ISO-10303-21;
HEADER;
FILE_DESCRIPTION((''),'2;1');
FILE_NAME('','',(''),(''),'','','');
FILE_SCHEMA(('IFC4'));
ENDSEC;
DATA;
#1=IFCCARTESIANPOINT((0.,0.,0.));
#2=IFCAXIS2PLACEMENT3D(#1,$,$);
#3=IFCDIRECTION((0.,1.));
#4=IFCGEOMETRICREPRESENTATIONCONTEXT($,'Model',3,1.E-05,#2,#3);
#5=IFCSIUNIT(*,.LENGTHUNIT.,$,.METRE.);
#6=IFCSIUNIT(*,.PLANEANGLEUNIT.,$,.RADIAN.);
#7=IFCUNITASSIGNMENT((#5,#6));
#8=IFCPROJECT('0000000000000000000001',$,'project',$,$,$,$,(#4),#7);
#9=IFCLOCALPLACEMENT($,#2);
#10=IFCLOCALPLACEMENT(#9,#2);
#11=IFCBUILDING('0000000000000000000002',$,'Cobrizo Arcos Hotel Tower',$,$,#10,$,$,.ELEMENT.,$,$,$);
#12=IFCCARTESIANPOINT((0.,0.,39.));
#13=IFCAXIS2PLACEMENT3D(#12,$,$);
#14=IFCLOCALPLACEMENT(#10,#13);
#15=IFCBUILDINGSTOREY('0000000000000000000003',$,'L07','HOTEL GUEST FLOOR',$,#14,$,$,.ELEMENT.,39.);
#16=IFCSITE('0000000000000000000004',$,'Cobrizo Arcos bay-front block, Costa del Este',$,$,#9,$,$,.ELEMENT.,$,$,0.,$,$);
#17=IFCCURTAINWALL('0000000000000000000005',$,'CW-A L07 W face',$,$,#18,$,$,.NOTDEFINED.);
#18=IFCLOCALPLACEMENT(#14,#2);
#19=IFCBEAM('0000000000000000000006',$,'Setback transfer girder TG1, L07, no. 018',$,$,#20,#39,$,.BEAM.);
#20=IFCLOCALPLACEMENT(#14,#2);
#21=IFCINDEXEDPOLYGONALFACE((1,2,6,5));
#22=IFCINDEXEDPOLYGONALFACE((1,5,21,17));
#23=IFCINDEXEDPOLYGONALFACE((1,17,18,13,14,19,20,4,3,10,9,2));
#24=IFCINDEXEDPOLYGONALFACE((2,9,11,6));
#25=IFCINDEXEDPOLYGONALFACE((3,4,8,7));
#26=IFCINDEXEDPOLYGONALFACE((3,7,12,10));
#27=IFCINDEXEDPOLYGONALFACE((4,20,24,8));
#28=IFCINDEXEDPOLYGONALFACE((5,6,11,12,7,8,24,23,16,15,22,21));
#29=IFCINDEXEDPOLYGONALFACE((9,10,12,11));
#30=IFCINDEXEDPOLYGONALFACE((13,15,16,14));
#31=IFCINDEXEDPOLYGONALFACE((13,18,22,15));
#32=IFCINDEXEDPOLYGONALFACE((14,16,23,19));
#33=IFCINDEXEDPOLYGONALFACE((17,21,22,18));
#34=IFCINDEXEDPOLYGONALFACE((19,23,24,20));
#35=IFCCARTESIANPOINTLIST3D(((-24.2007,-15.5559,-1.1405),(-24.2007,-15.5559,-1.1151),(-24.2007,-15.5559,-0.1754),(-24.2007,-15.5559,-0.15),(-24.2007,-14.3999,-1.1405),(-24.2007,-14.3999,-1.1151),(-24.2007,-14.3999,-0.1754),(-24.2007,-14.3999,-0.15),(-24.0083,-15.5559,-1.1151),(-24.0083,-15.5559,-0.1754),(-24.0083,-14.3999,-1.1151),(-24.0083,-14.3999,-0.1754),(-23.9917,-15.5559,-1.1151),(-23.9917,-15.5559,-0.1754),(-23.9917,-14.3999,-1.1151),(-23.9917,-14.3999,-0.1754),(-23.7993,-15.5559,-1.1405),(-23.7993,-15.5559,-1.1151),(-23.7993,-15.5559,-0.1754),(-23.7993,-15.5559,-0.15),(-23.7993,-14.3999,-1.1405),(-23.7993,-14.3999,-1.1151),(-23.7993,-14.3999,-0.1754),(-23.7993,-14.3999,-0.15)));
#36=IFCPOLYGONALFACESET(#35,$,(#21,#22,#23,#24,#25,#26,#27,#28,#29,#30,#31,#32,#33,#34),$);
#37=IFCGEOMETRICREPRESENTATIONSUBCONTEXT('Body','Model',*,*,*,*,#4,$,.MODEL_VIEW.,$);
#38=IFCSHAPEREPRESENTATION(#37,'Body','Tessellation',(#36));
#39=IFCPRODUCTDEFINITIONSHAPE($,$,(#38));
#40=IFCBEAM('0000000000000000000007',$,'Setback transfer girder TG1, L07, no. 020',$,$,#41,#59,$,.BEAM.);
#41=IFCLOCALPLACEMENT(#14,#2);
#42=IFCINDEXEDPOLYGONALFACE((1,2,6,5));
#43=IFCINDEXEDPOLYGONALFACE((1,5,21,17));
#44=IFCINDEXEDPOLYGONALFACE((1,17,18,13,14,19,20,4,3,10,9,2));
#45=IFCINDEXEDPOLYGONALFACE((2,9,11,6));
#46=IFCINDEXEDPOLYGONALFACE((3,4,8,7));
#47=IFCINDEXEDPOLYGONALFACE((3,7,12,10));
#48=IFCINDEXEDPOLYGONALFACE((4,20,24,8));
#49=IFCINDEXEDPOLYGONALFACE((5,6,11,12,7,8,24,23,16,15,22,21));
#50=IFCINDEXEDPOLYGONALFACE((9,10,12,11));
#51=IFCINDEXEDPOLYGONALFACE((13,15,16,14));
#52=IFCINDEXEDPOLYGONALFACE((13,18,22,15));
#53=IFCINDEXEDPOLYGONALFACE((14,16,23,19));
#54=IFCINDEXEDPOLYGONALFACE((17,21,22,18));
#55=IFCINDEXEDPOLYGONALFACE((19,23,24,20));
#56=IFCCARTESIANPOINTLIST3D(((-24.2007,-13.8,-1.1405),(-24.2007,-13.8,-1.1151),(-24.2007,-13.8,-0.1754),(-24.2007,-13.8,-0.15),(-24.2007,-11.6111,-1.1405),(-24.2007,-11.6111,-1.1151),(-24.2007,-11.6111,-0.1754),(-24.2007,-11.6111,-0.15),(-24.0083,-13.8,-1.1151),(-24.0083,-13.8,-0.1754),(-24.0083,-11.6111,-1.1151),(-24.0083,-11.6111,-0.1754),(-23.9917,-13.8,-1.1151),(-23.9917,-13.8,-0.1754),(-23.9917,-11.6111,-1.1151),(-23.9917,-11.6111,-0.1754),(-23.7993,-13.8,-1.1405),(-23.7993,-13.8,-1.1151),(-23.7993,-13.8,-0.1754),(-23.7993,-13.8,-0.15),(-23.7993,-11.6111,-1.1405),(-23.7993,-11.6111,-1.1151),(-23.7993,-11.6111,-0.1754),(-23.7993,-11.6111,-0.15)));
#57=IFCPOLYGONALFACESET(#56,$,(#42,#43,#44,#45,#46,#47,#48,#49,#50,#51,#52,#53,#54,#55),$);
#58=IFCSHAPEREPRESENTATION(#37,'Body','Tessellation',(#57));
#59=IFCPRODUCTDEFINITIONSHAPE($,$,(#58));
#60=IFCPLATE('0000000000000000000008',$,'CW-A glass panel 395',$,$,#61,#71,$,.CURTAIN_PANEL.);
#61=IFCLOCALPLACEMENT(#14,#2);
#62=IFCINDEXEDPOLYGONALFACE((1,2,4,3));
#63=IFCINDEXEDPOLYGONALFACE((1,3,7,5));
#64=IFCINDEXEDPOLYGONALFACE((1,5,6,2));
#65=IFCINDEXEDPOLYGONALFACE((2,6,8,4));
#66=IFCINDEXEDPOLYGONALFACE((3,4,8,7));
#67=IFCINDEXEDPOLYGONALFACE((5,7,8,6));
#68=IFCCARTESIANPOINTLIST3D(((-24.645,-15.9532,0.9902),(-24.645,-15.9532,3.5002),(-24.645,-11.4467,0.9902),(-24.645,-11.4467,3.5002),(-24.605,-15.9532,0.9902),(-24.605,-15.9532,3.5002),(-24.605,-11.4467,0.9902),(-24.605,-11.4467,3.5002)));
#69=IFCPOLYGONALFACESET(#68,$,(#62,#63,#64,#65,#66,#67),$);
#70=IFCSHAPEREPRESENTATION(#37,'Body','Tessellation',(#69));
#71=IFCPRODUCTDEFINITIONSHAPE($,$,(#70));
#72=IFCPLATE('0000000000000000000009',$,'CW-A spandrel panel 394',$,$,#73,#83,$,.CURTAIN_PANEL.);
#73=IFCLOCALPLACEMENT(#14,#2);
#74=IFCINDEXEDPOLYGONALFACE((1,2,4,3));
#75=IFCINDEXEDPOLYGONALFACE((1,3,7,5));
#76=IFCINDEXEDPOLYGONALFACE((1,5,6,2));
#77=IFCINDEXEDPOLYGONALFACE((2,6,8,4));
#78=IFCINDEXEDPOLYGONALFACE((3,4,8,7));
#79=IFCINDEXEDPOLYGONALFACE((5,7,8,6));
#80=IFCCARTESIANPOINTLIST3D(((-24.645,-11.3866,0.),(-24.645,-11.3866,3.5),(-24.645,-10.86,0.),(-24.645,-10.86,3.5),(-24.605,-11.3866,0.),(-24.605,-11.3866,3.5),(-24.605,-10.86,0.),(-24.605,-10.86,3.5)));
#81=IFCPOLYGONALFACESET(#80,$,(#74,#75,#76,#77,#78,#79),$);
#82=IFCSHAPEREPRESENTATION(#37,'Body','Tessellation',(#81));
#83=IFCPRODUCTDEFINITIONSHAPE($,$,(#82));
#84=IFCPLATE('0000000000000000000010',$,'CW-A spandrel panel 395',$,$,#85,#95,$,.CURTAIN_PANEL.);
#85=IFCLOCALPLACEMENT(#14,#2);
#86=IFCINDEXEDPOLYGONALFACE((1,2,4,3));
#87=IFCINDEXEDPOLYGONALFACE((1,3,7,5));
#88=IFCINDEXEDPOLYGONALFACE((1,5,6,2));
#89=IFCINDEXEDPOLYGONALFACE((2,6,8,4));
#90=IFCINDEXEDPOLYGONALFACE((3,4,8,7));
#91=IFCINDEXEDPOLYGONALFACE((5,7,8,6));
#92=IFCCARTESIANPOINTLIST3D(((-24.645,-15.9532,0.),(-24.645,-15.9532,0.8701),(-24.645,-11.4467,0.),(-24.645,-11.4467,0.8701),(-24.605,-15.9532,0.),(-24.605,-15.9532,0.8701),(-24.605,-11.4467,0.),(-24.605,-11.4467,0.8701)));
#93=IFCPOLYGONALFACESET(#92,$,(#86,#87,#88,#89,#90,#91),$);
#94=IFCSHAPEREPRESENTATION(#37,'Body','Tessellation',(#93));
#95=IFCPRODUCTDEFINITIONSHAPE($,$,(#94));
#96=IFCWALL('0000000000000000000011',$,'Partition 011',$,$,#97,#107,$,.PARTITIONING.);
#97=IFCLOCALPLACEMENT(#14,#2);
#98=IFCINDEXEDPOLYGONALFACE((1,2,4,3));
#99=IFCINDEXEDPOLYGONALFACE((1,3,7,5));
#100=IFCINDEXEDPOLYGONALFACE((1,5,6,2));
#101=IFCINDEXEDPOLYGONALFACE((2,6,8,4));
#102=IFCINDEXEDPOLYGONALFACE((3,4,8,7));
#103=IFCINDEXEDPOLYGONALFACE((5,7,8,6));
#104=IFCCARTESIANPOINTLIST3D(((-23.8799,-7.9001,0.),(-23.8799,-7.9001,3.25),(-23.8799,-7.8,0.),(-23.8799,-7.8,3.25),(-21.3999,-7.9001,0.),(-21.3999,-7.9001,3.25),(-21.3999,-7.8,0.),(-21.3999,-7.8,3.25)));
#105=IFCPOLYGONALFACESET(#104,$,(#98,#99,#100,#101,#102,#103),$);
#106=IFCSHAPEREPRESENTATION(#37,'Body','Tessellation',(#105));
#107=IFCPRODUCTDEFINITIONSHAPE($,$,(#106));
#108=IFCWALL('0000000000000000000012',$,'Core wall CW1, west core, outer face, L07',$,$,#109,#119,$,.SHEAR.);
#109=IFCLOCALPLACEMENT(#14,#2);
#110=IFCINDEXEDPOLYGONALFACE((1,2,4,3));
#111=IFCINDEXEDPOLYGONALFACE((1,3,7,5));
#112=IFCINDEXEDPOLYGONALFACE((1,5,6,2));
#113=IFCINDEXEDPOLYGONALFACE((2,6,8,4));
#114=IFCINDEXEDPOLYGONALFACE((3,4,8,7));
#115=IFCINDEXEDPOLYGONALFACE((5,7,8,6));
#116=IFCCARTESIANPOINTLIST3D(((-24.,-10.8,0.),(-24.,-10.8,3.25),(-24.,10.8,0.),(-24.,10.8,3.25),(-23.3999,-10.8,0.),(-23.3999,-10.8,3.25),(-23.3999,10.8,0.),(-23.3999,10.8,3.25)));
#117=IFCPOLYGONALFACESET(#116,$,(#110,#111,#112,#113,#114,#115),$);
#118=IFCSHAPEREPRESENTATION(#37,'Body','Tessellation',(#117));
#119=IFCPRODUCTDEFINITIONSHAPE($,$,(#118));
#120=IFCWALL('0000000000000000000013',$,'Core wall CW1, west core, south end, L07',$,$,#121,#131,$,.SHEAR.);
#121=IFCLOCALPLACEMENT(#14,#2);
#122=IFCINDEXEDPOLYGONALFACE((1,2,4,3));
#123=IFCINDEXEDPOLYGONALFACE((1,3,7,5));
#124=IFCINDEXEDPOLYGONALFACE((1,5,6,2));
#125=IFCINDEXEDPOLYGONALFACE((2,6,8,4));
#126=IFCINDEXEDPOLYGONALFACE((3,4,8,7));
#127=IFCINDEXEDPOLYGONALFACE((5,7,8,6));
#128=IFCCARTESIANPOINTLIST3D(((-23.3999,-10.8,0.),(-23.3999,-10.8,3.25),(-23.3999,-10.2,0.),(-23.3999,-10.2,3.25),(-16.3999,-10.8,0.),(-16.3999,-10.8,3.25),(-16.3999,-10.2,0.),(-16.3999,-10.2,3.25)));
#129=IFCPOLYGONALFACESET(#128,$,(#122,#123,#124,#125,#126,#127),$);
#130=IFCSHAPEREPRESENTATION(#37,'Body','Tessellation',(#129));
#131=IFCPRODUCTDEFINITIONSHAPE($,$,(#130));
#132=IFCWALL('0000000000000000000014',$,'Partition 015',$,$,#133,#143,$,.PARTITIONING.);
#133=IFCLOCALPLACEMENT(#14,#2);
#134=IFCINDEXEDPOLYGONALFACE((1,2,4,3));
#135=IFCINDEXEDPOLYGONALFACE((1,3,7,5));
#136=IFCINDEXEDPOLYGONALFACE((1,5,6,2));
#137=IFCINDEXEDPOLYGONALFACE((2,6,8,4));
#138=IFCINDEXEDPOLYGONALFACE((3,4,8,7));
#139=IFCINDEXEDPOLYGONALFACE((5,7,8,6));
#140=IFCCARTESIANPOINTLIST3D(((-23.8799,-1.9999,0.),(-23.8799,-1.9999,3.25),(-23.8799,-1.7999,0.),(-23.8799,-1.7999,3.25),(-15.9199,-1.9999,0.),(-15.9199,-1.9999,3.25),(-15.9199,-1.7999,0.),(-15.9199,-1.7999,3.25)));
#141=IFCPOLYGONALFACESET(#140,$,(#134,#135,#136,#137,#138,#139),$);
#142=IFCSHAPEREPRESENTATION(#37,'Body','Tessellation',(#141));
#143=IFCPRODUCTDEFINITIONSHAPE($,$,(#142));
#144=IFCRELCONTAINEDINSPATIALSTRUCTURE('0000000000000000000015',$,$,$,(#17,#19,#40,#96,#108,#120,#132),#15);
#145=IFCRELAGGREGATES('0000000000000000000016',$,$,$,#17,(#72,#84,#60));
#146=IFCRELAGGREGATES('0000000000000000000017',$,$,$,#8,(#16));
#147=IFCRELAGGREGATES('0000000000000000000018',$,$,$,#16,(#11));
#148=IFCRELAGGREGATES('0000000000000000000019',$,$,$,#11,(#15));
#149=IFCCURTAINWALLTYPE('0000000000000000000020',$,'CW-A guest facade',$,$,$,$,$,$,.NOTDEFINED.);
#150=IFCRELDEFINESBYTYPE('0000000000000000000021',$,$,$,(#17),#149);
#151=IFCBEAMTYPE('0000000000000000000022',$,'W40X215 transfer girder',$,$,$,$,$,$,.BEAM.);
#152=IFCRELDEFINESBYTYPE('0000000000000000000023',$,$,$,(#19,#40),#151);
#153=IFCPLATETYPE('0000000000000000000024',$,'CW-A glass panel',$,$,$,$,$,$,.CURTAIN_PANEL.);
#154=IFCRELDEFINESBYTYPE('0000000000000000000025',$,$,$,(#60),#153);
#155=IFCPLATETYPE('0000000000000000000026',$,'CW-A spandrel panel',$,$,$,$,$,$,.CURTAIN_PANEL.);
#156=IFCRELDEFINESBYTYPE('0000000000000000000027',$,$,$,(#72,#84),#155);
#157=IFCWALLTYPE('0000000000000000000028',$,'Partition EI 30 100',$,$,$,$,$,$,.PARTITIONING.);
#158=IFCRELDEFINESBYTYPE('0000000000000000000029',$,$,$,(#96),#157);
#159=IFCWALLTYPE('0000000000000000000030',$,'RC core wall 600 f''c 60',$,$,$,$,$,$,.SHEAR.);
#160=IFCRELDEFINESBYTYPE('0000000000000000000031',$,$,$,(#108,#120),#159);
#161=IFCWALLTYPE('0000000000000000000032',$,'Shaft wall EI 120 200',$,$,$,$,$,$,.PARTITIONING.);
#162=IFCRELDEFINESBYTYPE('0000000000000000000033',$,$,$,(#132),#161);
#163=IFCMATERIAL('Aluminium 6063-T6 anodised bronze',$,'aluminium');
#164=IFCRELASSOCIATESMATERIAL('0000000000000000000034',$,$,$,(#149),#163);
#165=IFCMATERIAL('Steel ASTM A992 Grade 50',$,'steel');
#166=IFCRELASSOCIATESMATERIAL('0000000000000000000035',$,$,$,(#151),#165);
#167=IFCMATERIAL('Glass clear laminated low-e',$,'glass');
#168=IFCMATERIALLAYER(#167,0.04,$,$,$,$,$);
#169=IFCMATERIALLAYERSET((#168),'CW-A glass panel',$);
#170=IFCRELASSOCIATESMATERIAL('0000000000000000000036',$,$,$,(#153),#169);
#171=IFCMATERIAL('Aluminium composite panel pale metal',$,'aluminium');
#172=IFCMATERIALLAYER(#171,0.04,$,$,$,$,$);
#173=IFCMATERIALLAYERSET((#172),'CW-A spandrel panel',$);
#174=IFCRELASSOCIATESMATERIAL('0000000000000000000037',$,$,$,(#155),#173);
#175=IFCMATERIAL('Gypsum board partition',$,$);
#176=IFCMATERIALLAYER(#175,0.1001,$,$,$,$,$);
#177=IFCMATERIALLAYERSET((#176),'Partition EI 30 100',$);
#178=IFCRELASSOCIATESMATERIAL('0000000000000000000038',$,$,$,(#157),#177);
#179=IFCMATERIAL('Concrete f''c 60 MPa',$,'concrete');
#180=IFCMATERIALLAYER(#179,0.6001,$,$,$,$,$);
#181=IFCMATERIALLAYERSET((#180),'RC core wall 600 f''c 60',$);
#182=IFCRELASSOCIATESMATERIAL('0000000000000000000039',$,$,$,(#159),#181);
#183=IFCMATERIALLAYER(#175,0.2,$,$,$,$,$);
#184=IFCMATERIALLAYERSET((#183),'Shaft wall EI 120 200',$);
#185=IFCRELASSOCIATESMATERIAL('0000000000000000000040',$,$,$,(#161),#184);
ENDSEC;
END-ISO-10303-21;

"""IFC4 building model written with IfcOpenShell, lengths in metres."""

from ifc_helpers import new_model, si_unit, direction, frame, frame_2d, origin, origin_2d, place, context, subcontext, project, spatial, rectangle, i_section, extrude, material, layer, layer_set, material_profile, profile_set, type_object, element, aggregate, save


model = new_model("IFC4")

# Units and contexts
model_context = context("Model", 3, precision=1e-05, world=origin(), true_north=direction((0.0, 1.0)))
body_context = subcontext(model_context, "Body", "Model", "MODEL_VIEW")
ifc_project = project(units=[si_unit("LENGTHUNIT", "METRE"), si_unit("PLANEANGLEUNIT", "RADIAN")], contexts=[model_context])

# Site, building, storey
site_placement = place(None, origin())
site = spatial("IfcSite", under=ifc_project, at=site_placement, Name="Cobrizo Arcos bay-front block, Costa del Este", CompositionType="ELEMENT", RefElevation=0.0)
building_placement = place(site_placement, origin())
building = spatial("IfcBuilding", under=site, at=building_placement, Name="Cobrizo Arcos Hotel Tower", CompositionType="ELEMENT")
storey_placement = place(building_placement, frame((0.0, 0.0, 39.0)))
storey = spatial("IfcBuildingStorey", under=building, at=storey_placement, Name="L07", Description="HOTEL GUEST FLOOR", CompositionType="ELEMENT", Elevation=39.0)

# Curtain wall
ifc_material_1 = material(Name="Aluminium 6063-T6 anodised bronze", Category="aluminium")
curtain_wall_type = type_object("IfcCurtainWallType", Name="CW-A guest facade", PredefinedType="NOTDEFINED", material=ifc_material_1)
curtain_wall_placement = place(storey_placement, origin())
curtain_wall = element("IfcCurtainWall", 1, at=curtain_wall_placement, inside=storey, type_object=curtain_wall_type, Name="CW-A L07 W face", PredefinedType="NOTDEFINED")

# Beams
ifc_material_2 = material(Name="Steel ASTM A992 Grade 50", Category="steel")
ifc_material_profile_1 = material_profile(ifc_material_2, i_section(OverallWidth=0.4014, OverallDepth=0.9905, WebThickness=0.0166, FlangeThickness=0.0254, at=origin_2d()), Name="W40X215")
ifc_profile_set_1 = profile_set([ifc_material_profile_1], Name="Steel ASTM A992 Grade 50")
beam_type_1 = type_object("IfcBeamType", Name="W40X215 transfer girder", PredefinedType="BEAM", material=ifc_profile_set_1)
beam_1_placement = place(storey_placement, frame((-24.0, -14.3999, -0.6453), z_axis=(0.0, -1.0, 0.0), x_axis=(1.0, 0.0, 0.0)))
element("IfcBeam", 2, at=beam_1_placement, inside=storey, type_object=beam_type_1, Name="Setback transfer girder TG1, L07, no. 018", PredefinedType="BEAM", context=body_context, shape_type="SweptSolid", body=[
    extrude(i_section(OverallWidth=0.4014, OverallDepth=0.9905, WebThickness=0.0166, FlangeThickness=0.0254, at=origin_2d()), origin(), (0.0, 0.0, 1.0), 1.156),
])
beam_2_placement = place(storey_placement, frame((-24.0, -13.8, -0.6453), z_axis=(0.0, 1.0, 0.0), x_axis=(-1.0, 0.0, 0.0)))
element("IfcBeam", 3, at=beam_2_placement, inside=storey, type_object=beam_type_1, Name="Setback transfer girder TG1, L07, no. 020", PredefinedType="BEAM", context=body_context, shape_type="SweptSolid", body=[
    extrude(i_section(OverallWidth=0.4014, OverallDepth=0.9905, WebThickness=0.0166, FlangeThickness=0.0254, at=origin_2d()), origin(), (0.0, 0.0, 1.0), 2.189),
])

# Plates
ifc_material_3 = material(Name="Glass clear laminated low-e", Category="glass")
ifc_layer_1 = layer(ifc_material_3, 0.04)
ifc_layer_set_1 = layer_set([ifc_layer_1], Name="CW-A glass panel")
plate_type_1 = type_object("IfcPlateType", Name="CW-A glass panel", PredefinedType="CURTAIN_PANEL", material=ifc_layer_set_1)
plate_1_placement = place(storey_placement, frame((-24.625, -13.7, 0.9902), z_axis=(0.0, 0.0, 1.0), x_axis=(0.0, -1.0, 0.0)))
plate_1 = element("IfcPlate", 4, at=plate_1_placement, type_object=plate_type_1, Name="CW-A glass panel 395", PredefinedType="CURTAIN_PANEL", context=body_context, shape_type="SweptSolid", body=[
    extrude(rectangle(XDim=4.5066, YDim=0.04, at=origin_2d()), origin(), (0.0, 0.0, 1.0), 2.51),
])
ifc_material_4 = material(Name="Aluminium composite panel pale metal", Category="aluminium")
ifc_layer_2 = layer(ifc_material_4, 0.04)
ifc_layer_set_2 = layer_set([ifc_layer_2], Name="CW-A spandrel panel")
plate_type_2 = type_object("IfcPlateType", Name="CW-A spandrel panel", PredefinedType="CURTAIN_PANEL", material=ifc_layer_set_2)
plate_2_placement = place(storey_placement, frame((-24.625, -11.1233, 0.0), z_axis=(0.0, 0.0, 1.0), x_axis=(0.0, -1.0, 0.0)))
plate_2 = element("IfcPlate", 5, at=plate_2_placement, type_object=plate_type_2, Name="CW-A spandrel panel 394", PredefinedType="CURTAIN_PANEL", context=body_context, shape_type="SweptSolid", body=[
    extrude(rectangle(XDim=0.5266, YDim=0.04, at=origin_2d()), origin(), (0.0, 0.0, 1.0), 3.5),
])
plate_3_placement = place(storey_placement, frame((-24.625, -13.7, 0.0), z_axis=(0.0, 0.0, 1.0), x_axis=(0.0, -1.0, 0.0)))
plate_3 = element("IfcPlate", 6, at=plate_3_placement, type_object=plate_type_2, Name="CW-A spandrel panel 395", PredefinedType="CURTAIN_PANEL", context=body_context, shape_type="SweptSolid", body=[
    extrude(rectangle(XDim=4.5066, YDim=0.04, at=origin_2d()), origin(), (0.0, 0.0, 1.0), 0.8701),
])
aggregate(curtain_wall, [plate_2, plate_3, plate_1])

# Walls
ifc_material_5 = material(Name="Gypsum board partition")
ifc_layer_3 = layer(ifc_material_5, 0.1001)
ifc_layer_set_3 = layer_set([ifc_layer_3], Name="Partition EI 30 100")
wall_type_1 = type_object("IfcWallType", Name="Partition EI 30 100", PredefinedType="PARTITIONING", material=ifc_layer_set_3)
wall_1_placement = place(storey_placement, frame((-23.8799, -7.8501, 0.0), z_axis=(0.0, 0.0, 1.0), x_axis=(1.0, 0.0, 0.0)))
element("IfcWall", 7, at=wall_1_placement, inside=storey, type_object=wall_type_1, Name="Partition 011", PredefinedType="PARTITIONING", context=body_context, shape_type="SweptSolid", body=[
    extrude(rectangle(XDim=2.48, YDim=0.1001, at=frame_2d((1.24, 0.0))), origin(), (0.0, 0.0, 1.0), 3.25),
])
ifc_material_6 = material(Name="Concrete f'c 60 MPa", Category="concrete")
ifc_layer_4 = layer(ifc_material_6, 0.6001)
ifc_layer_set_4 = layer_set([ifc_layer_4], Name="RC core wall 600 f'c 60")
wall_type_2 = type_object("IfcWallType", Name="RC core wall 600 f'c 60", PredefinedType="SHEAR", material=ifc_layer_set_4)
wall_2_placement = place(storey_placement, frame((-23.7, -10.8, 0.0), z_axis=(0.0, 0.0, 1.0), x_axis=(0.0, 1.0, 0.0)))
element("IfcWall", 8, at=wall_2_placement, inside=storey, type_object=wall_type_2, Name="Core wall CW1, west core, outer face, L07", PredefinedType="SHEAR", context=body_context, shape_type="SweptSolid", body=[
    extrude(rectangle(XDim=21.6001, YDim=0.6001, at=frame_2d((10.8, 0.0))), origin(), (0.0, 0.0, 1.0), 3.25),
])
wall_3_placement = place(storey_placement, frame((-23.3999, -10.5, 0.0), z_axis=(0.0, 0.0, 1.0), x_axis=(1.0, 0.0, 0.0)))
element("IfcWall", 9, at=wall_3_placement, inside=storey, type_object=wall_type_2, Name="Core wall CW1, west core, south end, L07", PredefinedType="SHEAR", context=body_context, shape_type="SweptSolid", body=[
    extrude(rectangle(XDim=7.0, YDim=0.6001, at=frame_2d((3.5, 0.0))), origin(), (0.0, 0.0, 1.0), 3.25),
])
ifc_layer_5 = layer(ifc_material_5, 0.2)
ifc_layer_set_5 = layer_set([ifc_layer_5], Name="Shaft wall EI 120 200")
wall_type_3 = type_object("IfcWallType", Name="Shaft wall EI 120 200", PredefinedType="PARTITIONING", material=ifc_layer_set_5)
wall_4_placement = place(storey_placement, frame((-23.8799, -1.8999, 0.0), z_axis=(0.0, 0.0, 1.0), x_axis=(1.0, 0.0, 0.0)))
element("IfcWall", 10, at=wall_4_placement, inside=storey, type_object=wall_type_3, Name="Partition 015", PredefinedType="PARTITIONING", context=body_context, shape_type="SweptSolid", body=[
    extrude(rectangle(XDim=7.96, YDim=0.2, at=frame_2d((3.98, 0.0))), origin(), (0.0, 0.0, 1.0), 3.25),
])

save(model, "model.ifc")
